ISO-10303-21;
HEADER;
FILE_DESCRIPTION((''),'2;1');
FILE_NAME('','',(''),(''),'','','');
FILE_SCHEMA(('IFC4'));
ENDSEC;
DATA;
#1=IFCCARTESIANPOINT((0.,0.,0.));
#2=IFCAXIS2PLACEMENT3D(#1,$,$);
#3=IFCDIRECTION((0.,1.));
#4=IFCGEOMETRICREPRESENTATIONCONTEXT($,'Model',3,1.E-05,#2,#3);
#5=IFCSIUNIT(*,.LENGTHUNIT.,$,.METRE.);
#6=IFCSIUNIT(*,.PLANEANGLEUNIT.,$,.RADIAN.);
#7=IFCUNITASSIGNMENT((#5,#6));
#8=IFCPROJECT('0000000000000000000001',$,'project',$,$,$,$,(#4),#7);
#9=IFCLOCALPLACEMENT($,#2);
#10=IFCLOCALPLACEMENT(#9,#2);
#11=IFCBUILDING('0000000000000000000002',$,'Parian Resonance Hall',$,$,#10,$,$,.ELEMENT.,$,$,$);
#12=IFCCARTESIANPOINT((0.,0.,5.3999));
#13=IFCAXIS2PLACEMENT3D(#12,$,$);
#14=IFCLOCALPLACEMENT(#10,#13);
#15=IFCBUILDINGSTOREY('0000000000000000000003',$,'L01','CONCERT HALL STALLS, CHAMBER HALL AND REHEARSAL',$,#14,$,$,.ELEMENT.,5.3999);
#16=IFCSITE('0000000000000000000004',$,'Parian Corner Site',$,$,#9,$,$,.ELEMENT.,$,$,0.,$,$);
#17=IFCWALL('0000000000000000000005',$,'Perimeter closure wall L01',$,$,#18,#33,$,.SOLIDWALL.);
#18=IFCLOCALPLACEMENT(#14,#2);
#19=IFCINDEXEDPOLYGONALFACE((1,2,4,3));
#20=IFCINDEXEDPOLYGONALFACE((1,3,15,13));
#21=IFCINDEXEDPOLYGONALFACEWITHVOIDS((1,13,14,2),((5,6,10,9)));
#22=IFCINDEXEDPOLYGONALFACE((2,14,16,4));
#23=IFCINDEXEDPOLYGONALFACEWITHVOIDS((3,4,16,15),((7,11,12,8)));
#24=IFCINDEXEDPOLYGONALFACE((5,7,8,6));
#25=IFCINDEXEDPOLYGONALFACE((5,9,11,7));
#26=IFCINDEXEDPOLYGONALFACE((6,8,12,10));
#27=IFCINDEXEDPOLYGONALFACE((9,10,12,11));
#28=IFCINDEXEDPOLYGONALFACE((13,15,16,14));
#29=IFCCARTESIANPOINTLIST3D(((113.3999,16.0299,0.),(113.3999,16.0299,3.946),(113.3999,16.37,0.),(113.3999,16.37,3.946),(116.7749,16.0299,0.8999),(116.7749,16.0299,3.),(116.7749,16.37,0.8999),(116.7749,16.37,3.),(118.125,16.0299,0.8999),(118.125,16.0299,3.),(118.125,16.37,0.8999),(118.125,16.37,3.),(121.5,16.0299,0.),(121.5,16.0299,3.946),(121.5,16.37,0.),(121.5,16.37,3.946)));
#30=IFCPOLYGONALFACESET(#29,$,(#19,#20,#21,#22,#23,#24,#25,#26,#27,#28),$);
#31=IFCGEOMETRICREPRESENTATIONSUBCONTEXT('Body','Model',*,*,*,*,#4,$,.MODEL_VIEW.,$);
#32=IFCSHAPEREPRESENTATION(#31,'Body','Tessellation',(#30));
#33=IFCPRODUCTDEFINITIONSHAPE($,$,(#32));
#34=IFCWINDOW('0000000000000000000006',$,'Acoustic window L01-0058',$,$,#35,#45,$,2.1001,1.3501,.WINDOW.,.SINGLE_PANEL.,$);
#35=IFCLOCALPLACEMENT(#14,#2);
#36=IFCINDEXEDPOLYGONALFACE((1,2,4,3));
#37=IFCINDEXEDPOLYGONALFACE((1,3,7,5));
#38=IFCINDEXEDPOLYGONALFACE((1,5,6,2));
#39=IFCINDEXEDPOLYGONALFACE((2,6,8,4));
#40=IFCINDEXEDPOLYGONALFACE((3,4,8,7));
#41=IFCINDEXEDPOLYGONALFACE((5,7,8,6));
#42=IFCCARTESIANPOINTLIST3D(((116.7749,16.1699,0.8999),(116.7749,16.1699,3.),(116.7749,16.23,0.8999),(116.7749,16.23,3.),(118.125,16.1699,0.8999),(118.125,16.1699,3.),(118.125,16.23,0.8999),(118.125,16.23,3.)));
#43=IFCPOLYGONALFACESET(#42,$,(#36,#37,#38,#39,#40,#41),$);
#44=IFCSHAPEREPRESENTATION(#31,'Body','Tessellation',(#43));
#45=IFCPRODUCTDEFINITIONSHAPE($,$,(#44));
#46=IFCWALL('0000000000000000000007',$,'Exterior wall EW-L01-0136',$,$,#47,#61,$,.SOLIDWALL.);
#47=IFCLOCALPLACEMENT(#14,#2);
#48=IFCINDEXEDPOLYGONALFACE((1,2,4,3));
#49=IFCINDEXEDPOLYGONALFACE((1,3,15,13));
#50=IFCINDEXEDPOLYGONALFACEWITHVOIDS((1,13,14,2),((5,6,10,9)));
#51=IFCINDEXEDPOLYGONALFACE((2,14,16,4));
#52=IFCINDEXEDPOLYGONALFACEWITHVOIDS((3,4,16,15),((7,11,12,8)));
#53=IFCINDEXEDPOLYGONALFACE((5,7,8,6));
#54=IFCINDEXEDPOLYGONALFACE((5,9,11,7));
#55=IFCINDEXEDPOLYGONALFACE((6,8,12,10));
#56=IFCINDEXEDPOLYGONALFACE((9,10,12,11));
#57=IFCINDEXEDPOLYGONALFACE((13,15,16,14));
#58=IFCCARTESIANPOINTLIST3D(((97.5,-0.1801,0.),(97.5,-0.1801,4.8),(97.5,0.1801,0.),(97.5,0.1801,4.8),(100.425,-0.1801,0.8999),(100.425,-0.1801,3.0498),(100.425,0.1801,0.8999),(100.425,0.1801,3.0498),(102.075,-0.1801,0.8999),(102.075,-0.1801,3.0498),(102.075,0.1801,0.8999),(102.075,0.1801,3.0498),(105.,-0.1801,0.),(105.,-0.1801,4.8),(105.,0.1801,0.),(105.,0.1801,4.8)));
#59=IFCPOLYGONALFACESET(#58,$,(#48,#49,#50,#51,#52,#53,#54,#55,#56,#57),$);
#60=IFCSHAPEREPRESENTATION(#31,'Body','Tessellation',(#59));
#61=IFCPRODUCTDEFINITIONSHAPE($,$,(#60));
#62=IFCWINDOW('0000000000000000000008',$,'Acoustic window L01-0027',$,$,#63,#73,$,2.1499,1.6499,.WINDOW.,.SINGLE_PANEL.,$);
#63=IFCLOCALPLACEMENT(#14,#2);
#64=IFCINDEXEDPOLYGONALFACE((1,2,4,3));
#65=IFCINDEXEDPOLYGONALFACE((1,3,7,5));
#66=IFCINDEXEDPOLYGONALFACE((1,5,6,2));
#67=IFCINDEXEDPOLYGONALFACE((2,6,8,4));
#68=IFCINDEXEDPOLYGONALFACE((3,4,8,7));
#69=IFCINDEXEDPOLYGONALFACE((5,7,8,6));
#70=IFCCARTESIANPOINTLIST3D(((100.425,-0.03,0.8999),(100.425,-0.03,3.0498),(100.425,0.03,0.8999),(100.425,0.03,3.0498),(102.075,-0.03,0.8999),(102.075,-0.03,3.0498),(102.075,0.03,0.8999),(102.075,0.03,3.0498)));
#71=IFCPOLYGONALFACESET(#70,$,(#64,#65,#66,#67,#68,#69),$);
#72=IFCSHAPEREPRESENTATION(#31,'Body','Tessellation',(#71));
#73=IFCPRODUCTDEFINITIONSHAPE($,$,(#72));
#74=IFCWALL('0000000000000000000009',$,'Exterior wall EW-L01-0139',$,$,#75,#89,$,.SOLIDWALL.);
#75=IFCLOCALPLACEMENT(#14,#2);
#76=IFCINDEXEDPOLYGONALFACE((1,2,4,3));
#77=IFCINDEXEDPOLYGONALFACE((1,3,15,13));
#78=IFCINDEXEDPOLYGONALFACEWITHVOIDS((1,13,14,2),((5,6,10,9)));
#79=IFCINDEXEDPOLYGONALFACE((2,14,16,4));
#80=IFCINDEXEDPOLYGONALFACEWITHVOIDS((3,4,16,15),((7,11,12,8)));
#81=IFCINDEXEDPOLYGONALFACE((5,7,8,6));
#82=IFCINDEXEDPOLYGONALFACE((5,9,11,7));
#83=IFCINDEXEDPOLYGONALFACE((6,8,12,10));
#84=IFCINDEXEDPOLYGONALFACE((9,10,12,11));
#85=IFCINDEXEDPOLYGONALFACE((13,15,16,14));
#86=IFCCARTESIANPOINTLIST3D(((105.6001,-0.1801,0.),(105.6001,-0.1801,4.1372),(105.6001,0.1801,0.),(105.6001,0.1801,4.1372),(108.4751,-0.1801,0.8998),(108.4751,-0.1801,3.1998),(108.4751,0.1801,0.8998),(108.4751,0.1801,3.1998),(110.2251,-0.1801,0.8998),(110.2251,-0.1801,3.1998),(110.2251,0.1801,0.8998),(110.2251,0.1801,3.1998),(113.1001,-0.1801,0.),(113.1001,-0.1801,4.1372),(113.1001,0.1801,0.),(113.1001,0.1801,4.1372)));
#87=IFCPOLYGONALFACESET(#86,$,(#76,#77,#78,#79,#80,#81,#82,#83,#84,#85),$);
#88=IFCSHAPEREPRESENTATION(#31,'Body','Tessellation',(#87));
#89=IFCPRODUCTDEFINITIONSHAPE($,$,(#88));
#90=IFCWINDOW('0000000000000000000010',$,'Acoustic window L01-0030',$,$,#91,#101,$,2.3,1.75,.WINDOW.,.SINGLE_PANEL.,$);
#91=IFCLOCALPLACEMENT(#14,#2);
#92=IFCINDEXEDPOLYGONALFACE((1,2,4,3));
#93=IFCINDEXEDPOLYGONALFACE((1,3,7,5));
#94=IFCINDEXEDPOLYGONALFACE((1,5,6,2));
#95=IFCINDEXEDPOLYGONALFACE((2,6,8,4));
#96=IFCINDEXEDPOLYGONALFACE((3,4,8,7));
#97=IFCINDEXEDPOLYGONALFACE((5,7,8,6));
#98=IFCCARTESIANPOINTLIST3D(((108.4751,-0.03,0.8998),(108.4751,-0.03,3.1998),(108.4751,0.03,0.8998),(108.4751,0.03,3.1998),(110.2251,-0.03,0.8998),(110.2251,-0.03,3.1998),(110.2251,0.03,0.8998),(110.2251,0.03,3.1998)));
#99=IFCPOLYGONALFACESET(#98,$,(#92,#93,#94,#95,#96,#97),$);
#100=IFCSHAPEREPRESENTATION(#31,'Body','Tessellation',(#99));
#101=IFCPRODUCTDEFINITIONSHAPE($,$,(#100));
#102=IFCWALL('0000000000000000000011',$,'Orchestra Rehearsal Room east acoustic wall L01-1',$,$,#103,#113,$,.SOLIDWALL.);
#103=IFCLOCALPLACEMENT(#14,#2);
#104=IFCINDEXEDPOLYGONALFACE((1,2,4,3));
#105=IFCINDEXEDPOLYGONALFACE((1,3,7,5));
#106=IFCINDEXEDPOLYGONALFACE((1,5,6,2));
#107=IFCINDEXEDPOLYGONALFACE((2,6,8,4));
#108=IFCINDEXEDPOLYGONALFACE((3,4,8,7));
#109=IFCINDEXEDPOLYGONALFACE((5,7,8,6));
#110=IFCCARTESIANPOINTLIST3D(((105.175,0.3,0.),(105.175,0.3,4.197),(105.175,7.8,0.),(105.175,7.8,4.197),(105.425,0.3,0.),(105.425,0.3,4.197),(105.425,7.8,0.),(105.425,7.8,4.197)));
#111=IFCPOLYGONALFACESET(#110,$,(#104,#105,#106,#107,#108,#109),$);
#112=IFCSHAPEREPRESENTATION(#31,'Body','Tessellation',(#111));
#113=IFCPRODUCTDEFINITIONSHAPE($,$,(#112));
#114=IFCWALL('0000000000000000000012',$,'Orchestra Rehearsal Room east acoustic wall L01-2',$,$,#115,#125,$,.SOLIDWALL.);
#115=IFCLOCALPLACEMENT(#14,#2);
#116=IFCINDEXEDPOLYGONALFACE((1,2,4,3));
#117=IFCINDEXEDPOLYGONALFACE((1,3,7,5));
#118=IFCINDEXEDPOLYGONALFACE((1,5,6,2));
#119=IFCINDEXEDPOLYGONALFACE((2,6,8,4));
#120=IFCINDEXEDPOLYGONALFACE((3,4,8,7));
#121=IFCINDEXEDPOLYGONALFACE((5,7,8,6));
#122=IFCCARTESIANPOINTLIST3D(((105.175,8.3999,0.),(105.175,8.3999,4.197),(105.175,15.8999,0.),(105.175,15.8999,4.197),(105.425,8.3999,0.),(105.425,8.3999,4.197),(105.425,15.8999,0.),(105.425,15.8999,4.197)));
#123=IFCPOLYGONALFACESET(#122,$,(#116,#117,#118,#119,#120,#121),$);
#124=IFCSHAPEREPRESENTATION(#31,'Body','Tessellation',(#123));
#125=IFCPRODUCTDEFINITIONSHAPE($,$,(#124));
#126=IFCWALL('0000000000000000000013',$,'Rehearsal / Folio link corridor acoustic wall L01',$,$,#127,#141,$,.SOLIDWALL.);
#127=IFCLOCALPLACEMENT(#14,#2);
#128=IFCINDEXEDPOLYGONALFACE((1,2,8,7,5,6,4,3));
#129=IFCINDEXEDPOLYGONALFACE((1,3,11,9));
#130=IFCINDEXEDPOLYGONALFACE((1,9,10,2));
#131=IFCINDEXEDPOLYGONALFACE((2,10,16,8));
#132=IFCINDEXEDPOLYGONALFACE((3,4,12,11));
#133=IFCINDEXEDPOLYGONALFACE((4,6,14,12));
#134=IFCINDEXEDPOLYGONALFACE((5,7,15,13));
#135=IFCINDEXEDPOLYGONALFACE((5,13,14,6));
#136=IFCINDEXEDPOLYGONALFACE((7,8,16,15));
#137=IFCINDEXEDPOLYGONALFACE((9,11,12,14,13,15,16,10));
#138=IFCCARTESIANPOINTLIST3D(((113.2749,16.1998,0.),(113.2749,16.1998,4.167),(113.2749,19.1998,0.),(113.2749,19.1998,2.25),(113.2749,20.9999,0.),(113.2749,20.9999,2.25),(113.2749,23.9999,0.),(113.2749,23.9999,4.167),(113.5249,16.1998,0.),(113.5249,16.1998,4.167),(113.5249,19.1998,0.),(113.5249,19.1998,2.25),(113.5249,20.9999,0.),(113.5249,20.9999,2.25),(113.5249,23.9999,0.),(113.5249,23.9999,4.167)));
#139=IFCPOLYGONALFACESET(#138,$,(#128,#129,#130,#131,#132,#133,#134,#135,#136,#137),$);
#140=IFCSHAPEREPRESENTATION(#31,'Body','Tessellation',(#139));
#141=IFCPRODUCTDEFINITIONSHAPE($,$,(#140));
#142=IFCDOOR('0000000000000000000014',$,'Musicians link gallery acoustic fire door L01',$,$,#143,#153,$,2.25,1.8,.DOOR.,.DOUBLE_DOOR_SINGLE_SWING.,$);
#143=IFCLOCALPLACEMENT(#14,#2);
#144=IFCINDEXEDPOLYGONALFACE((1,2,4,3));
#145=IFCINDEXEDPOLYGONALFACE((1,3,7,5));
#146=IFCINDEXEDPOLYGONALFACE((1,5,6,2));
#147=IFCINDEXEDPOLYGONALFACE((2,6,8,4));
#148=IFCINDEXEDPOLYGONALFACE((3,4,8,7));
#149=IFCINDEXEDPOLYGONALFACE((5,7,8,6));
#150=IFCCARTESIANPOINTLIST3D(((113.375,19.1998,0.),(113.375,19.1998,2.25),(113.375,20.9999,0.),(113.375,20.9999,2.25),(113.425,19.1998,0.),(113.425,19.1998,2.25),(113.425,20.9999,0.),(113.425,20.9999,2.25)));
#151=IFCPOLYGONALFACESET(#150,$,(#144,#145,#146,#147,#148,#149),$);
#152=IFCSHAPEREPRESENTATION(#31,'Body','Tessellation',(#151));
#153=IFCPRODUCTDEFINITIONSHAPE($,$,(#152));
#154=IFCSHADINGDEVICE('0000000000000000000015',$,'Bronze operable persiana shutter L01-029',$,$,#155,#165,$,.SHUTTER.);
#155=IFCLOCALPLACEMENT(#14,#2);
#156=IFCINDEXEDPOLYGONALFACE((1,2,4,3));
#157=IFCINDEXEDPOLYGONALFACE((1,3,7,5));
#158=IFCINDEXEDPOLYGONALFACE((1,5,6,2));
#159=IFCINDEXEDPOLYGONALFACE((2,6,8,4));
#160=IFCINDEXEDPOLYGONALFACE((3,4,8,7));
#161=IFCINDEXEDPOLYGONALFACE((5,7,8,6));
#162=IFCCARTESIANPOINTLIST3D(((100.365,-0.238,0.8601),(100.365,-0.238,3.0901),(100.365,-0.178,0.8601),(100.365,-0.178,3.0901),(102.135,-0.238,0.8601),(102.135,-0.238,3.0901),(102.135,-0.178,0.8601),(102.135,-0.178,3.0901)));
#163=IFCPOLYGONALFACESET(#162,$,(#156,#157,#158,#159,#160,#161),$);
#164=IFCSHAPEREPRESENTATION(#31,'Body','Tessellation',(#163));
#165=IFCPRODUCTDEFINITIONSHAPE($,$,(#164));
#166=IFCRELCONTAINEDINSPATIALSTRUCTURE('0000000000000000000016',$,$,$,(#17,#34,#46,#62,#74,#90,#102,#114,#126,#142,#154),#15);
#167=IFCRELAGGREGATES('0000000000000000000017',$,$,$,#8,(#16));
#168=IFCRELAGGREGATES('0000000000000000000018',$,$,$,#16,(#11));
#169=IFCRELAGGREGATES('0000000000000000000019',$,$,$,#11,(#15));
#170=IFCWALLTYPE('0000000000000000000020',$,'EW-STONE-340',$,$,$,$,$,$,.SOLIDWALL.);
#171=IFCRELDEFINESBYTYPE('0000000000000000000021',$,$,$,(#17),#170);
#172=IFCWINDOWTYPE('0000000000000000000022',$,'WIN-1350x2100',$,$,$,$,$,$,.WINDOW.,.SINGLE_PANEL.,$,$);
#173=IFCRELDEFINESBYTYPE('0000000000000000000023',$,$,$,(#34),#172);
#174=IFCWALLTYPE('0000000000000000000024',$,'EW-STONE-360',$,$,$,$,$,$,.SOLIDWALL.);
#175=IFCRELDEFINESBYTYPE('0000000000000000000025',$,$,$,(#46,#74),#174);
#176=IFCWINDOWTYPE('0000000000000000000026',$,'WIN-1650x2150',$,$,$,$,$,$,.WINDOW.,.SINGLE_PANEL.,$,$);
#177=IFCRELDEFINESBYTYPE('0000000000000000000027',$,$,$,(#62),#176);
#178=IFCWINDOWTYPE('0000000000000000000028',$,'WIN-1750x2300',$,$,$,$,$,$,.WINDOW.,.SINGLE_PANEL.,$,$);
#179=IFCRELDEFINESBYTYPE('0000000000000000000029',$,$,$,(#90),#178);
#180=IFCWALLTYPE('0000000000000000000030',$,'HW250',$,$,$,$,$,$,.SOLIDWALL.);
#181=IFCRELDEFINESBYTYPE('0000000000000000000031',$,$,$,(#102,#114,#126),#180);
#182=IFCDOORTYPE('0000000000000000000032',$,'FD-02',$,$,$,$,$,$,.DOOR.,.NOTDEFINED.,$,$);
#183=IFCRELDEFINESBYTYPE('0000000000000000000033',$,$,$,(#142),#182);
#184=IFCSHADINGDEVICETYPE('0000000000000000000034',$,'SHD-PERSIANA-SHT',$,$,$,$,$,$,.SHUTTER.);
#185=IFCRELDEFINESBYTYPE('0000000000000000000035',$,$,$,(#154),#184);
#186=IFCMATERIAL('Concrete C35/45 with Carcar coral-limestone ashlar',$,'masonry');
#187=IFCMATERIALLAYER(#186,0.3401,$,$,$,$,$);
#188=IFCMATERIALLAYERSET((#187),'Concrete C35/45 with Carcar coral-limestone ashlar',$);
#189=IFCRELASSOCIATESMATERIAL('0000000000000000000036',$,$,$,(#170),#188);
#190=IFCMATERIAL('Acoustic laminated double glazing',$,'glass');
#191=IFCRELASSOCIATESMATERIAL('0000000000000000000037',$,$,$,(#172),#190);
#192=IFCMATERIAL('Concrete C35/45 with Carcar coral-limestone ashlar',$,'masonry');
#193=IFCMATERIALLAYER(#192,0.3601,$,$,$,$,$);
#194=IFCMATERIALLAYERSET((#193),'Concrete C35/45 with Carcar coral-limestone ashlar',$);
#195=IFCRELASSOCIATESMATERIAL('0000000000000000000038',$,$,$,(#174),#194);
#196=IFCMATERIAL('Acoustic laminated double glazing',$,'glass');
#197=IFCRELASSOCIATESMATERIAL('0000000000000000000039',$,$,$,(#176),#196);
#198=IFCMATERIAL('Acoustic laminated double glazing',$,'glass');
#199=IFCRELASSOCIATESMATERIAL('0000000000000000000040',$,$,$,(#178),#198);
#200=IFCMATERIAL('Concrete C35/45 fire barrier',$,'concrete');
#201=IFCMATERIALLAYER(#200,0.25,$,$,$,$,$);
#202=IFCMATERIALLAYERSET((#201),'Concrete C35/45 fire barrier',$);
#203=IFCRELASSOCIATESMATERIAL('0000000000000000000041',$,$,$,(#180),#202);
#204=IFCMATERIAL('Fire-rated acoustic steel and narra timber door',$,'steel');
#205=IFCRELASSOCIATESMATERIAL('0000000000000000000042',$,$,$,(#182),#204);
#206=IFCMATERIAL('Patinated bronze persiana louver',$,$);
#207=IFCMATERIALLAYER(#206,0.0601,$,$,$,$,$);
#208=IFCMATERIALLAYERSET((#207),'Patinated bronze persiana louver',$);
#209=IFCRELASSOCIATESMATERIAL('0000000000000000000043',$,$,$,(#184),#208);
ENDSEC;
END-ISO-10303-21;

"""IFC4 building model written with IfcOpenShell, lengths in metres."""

from ifc_helpers import new_model, si_unit, direction, frame, frame_2d, origin, origin_2d, place, context, subcontext, project, spatial, rectangle, extrude, material, layer, layer_set, type_object, element, fill, save


model = new_model("IFC4")

# Units and contexts
model_context = context("Model", 3, precision=1e-05, world=origin(), true_north=direction((0.0, 1.0)))
body_context = subcontext(model_context, "Body", "Model", "MODEL_VIEW")
ifc_project = project(units=[si_unit("LENGTHUNIT", "METRE"), si_unit("PLANEANGLEUNIT", "RADIAN")], contexts=[model_context])

# Site, building, storey
site_placement = place(None, origin())
site = spatial("IfcSite", under=ifc_project, at=site_placement, Name="Parian Corner Site", CompositionType="ELEMENT", RefElevation=0.0)
building_placement = place(site_placement, origin())
building = spatial("IfcBuilding", under=site, at=building_placement, Name="Parian Resonance Hall", CompositionType="ELEMENT")
storey_placement = place(building_placement, frame((0.0, 0.0, 5.3999)))
storey = spatial("IfcBuildingStorey", under=building, at=storey_placement, Name="L01", Description="CONCERT HALL STALLS, CHAMBER HALL AND REHEARSAL", CompositionType="ELEMENT", Elevation=5.3999)

# Walls, openings, windows
ifc_material_1 = material(Name="Concrete C35/45 with Carcar coral-limestone ashlar", Category="masonry")
ifc_layer_1 = layer(ifc_material_1, 0.3401)
ifc_layer_set_1 = layer_set([ifc_layer_1], Name="Concrete C35/45 with Carcar coral-limestone ashlar")
wall_type_1 = type_object("IfcWallType", Name="EW-STONE-340", PredefinedType="SOLIDWALL", material=ifc_layer_set_1)
wall_1_placement = place(storey_placement, frame((113.3999, 16.2, 0.0), z_axis=(0.0, 0.0, 1.0), x_axis=(1.0, 0.0, 0.0)))
wall_1 = element("IfcWall", 1, at=wall_1_placement, inside=storey, type_object=wall_type_1, Name="Perimeter closure wall L01", PredefinedType="SOLIDWALL", context=body_context, shape_type="SweptSolid", body=[
    extrude(rectangle(XDim=8.1001, YDim=0.3401, at=frame_2d((4.05, 0.0))), origin(), (0.0, 0.0, 1.0), 3.946),
])
opening_1_placement = place(wall_1_placement, frame((3.375, 0.0, 0.8999)))
opening_1 = element("IfcOpeningElement", 2, at=opening_1_placement, cuts=wall_1, PredefinedType="OPENING", context=body_context, shape_type="SweptSolid", body=[
    extrude(rectangle(XDim=1.3501, YDim=2.1001, at=frame_2d((0.675, 1.05))), frame((0.0, 0.1799, 0.0), z_axis=(0.0, -1.0, 0.0), x_axis=(1.0, 0.0, 0.0)), (0.0, 0.0, 1.0), 0.3601),
])
ifc_material_2 = material(Name="Acoustic laminated double glazing", Category="glass")
window_type_1 = type_object("IfcWindowType", Name="WIN-1350x2100", PartitioningType="SINGLE_PANEL", PredefinedType="WINDOW", material=ifc_material_2)
window_1_placement = place(opening_1_placement, origin())
window_1 = element("IfcWindow", 3, at=window_1_placement, inside=storey, type_object=window_type_1, Name="Acoustic window L01-0058", OverallHeight=2.1001, OverallWidth=1.3501, PartitioningType="SINGLE_PANEL", PredefinedType="WINDOW", context=body_context, shape_type="SweptSolid", body=[
    extrude(rectangle(XDim=1.3501, YDim=2.1001, at=frame_2d((0.675, 1.05))), frame((0.0, 0.03, 0.0), z_axis=(0.0, -1.0, 0.0), x_axis=(1.0, 0.0, 0.0)), (0.0, 0.0, 1.0), 0.0601),
])
fill(opening_1, window_1)
ifc_material_3 = material(Name="Concrete C35/45 with Carcar coral-limestone ashlar", Category="masonry")
ifc_layer_2 = layer(ifc_material_3, 0.3601)
ifc_layer_set_2 = layer_set([ifc_layer_2], Name="Concrete C35/45 with Carcar coral-limestone ashlar")
wall_type_2 = type_object("IfcWallType", Name="EW-STONE-360", PredefinedType="SOLIDWALL", material=ifc_layer_set_2)
wall_2_placement = place(storey_placement, frame((105.0, 0.0, 0.0), z_axis=(0.0, 0.0, 1.0), x_axis=(-1.0, 0.0, 0.0)))
wall_2 = element("IfcWall", 4, at=wall_2_placement, inside=storey, type_object=wall_type_2, Name="Exterior wall EW-L01-0136", PredefinedType="SOLIDWALL", context=body_context, shape_type="SweptSolid", body=[
    extrude(rectangle(XDim=7.5, YDim=0.3601, at=frame_2d((3.75, 0.0))), origin(), (0.0, 0.0, 1.0), 4.8),
])
opening_2_placement = place(wall_2_placement, frame((2.925, 0.0, 0.8999)))
opening_2 = element("IfcOpeningElement", 5, at=opening_2_placement, cuts=wall_2, PredefinedType="OPENING", context=body_context, shape_type="SweptSolid", body=[
    extrude(rectangle(XDim=1.6499, YDim=2.1499, at=frame_2d((0.825, 1.075))), frame((0.0, 0.1899, 0.0), z_axis=(0.0, -1.0, 0.0), x_axis=(1.0, 0.0, 0.0)), (0.0, 0.0, 1.0), 0.3801),
])
ifc_material_4 = material(Name="Acoustic laminated double glazing", Category="glass")
window_type_2 = type_object("IfcWindowType", Name="WIN-1650x2150", PartitioningType="SINGLE_PANEL", PredefinedType="WINDOW", material=ifc_material_4)
window_2_placement = place(opening_2_placement, origin())
window_2 = element("IfcWindow", 6, at=window_2_placement, inside=storey, type_object=window_type_2, Name="Acoustic window L01-0027", OverallHeight=2.1499, OverallWidth=1.6499, PartitioningType="SINGLE_PANEL", PredefinedType="WINDOW", context=body_context, shape_type="SweptSolid", body=[
    extrude(rectangle(XDim=1.6499, YDim=2.1499, at=frame_2d((0.825, 1.075))), frame((0.0, 0.03, 0.0), z_axis=(0.0, -1.0, 0.0), x_axis=(1.0, 0.0, 0.0)), (0.0, 0.0, 1.0), 0.0601),
])
fill(opening_2, window_2)
wall_3_placement = place(storey_placement, frame((113.1001, 0.0, 0.0), z_axis=(0.0, 0.0, 1.0), x_axis=(-1.0, 0.0, 0.0)))
wall_3 = element("IfcWall", 7, at=wall_3_placement, inside=storey, type_object=wall_type_2, Name="Exterior wall EW-L01-0139", PredefinedType="SOLIDWALL", context=body_context, shape_type="SweptSolid", body=[
    extrude(rectangle(XDim=7.5, YDim=0.3601, at=frame_2d((3.75, 0.0))), origin(), (0.0, 0.0, 1.0), 4.1372),
])
opening_3_placement = place(wall_3_placement, frame((2.875, 0.0, 0.8999)))
opening_3 = element("IfcOpeningElement", 8, at=opening_3_placement, cuts=wall_3, PredefinedType="OPENING", context=body_context, shape_type="SweptSolid", body=[
    extrude(rectangle(XDim=1.75, YDim=2.3, at=frame_2d((0.875, 1.1499))), frame((0.0, 0.1899, 0.0), z_axis=(0.0, -1.0, 0.0), x_axis=(1.0, 0.0, 0.0)), (0.0, 0.0, 1.0), 0.3801),
])
ifc_material_5 = material(Name="Acoustic laminated double glazing", Category="glass")
window_type_3 = type_object("IfcWindowType", Name="WIN-1750x2300", PartitioningType="SINGLE_PANEL", PredefinedType="WINDOW", material=ifc_material_5)
window_3_placement = place(opening_3_placement, origin())
window_3 = element("IfcWindow", 9, at=window_3_placement, inside=storey, type_object=window_type_3, Name="Acoustic window L01-0030", OverallHeight=2.3, OverallWidth=1.75, PartitioningType="SINGLE_PANEL", PredefinedType="WINDOW", context=body_context, shape_type="SweptSolid", body=[
    extrude(rectangle(XDim=1.75, YDim=2.3, at=frame_2d((0.875, 1.1499))), frame((0.0, 0.03, 0.0), z_axis=(0.0, -1.0, 0.0), x_axis=(1.0, 0.0, 0.0)), (0.0, 0.0, 1.0), 0.0601),
])
fill(opening_3, window_3)

# Walls
ifc_material_6 = material(Name="Concrete C35/45 fire barrier", Category="concrete")
ifc_layer_3 = layer(ifc_material_6, 0.25)
ifc_layer_set_3 = layer_set([ifc_layer_3], Name="Concrete C35/45 fire barrier")
wall_type_3 = type_object("IfcWallType", Name="HW250", PredefinedType="SOLIDWALL", material=ifc_layer_set_3)
for number, where, z_axis, x_axis, name in (
    (10, (105.3, 0.3, 0.0), (0.0, 0.0, 1.0), (0.0, 1.0, 0.0), "Orchestra Rehearsal Room east acoustic wall L01-1"),
    (11, (105.3, 8.3999, 0.0), (0.0, 0.0, 1.0), (0.0, 1.0, 0.0), "Orchestra Rehearsal Room east acoustic wall L01-2"),
):
    element("IfcWall", number, at=place(storey_placement, frame(where, z_axis=z_axis, x_axis=x_axis)), inside=storey, type_object=wall_type_3, Name=name, PredefinedType="SOLIDWALL", context=body_context, shape_type="SweptSolid", body=[
        extrude(rectangle(XDim=7.5, YDim=0.25, at=frame_2d((3.75, 0.0))), origin(), (0.0, 0.0, 1.0), 4.197),
    ])

# Wall, opening, door
wall_4_placement = place(storey_placement, frame((113.3999, 16.2, 0.0), z_axis=(0.0, 0.0, 1.0), x_axis=(0.0, 1.0, 0.0)))
wall_4 = element("IfcWall", 12, at=wall_4_placement, inside=storey, type_object=wall_type_3, Name="Rehearsal / Folio link corridor acoustic wall L01", PredefinedType="SOLIDWALL", context=body_context, shape_type="SweptSolid", body=[
    extrude(rectangle(XDim=7.8, YDim=0.25, at=frame_2d((3.8999, 0.0))), origin(), (0.0, 0.0, 1.0), 4.167),
])
opening_4_placement = place(wall_4_placement, frame((3.0, 0.0, 0.0)))
opening_4 = element("IfcOpeningElement", 13, at=opening_4_placement, cuts=wall_4, PredefinedType="OPENING", context=body_context, shape_type="SweptSolid", body=[
    extrude(rectangle(XDim=1.8, YDim=2.25, at=frame_2d((0.8999, 1.125))), frame((0.0, 0.135, 0.0), z_axis=(0.0, -1.0, 0.0), x_axis=(1.0, 0.0, 0.0)), (0.0, 0.0, 1.0), 0.27),
])
ifc_material_7 = material(Name="Fire-rated acoustic steel and narra timber door", Category="steel")
door_type = type_object("IfcDoorType", Name="FD-02", OperationType="NOTDEFINED", PredefinedType="DOOR", material=ifc_material_7)
door_placement = place(opening_4_placement, origin())
door = element("IfcDoor", 14, at=door_placement, inside=storey, type_object=door_type, Name="Musicians link gallery acoustic fire door L01", OperationType="DOUBLE_DOOR_SINGLE_SWING", OverallHeight=2.25, OverallWidth=1.8, PredefinedType="DOOR", context=body_context, shape_type="SweptSolid", body=[
    extrude(rectangle(XDim=1.8, YDim=2.25, at=frame_2d((0.8999, 1.125))), frame((0.0, 0.0249, 0.0), z_axis=(0.0, -1.0, 0.0), x_axis=(1.0, 0.0, 0.0)), (0.0, 0.0, 1.0), 0.05),
])
fill(opening_4, door)

# Shading device
ifc_material_8 = material(Name="Patinated bronze persiana louver")
ifc_layer_4 = layer(ifc_material_8, 0.0601)
ifc_layer_set_4 = layer_set([ifc_layer_4], Name="Patinated bronze persiana louver")
shading_device_type = type_object("IfcShadingDeviceType", Name="SHD-PERSIANA-SHT", PredefinedType="SHUTTER", material=ifc_layer_set_4)
shading_device_1_placement = place(storey_placement, frame((101.25, -0.208, 0.8601), z_axis=(0.0, 0.0, 1.0), x_axis=(-1.0, 0.0, 0.0)))
element("IfcShadingDevice", 15, at=shading_device_1_placement, inside=storey, type_object=shading_device_type, Name="Bronze operable persiana shutter L01-029", PredefinedType="SHUTTER", context=body_context, shape_type="SweptSolid", body=[
    extrude(rectangle(XDim=1.77, YDim=0.0601, at=origin_2d()), origin(), (0.0, 0.0, 1.0), 2.23),
])

save(model, "model.ifc")
